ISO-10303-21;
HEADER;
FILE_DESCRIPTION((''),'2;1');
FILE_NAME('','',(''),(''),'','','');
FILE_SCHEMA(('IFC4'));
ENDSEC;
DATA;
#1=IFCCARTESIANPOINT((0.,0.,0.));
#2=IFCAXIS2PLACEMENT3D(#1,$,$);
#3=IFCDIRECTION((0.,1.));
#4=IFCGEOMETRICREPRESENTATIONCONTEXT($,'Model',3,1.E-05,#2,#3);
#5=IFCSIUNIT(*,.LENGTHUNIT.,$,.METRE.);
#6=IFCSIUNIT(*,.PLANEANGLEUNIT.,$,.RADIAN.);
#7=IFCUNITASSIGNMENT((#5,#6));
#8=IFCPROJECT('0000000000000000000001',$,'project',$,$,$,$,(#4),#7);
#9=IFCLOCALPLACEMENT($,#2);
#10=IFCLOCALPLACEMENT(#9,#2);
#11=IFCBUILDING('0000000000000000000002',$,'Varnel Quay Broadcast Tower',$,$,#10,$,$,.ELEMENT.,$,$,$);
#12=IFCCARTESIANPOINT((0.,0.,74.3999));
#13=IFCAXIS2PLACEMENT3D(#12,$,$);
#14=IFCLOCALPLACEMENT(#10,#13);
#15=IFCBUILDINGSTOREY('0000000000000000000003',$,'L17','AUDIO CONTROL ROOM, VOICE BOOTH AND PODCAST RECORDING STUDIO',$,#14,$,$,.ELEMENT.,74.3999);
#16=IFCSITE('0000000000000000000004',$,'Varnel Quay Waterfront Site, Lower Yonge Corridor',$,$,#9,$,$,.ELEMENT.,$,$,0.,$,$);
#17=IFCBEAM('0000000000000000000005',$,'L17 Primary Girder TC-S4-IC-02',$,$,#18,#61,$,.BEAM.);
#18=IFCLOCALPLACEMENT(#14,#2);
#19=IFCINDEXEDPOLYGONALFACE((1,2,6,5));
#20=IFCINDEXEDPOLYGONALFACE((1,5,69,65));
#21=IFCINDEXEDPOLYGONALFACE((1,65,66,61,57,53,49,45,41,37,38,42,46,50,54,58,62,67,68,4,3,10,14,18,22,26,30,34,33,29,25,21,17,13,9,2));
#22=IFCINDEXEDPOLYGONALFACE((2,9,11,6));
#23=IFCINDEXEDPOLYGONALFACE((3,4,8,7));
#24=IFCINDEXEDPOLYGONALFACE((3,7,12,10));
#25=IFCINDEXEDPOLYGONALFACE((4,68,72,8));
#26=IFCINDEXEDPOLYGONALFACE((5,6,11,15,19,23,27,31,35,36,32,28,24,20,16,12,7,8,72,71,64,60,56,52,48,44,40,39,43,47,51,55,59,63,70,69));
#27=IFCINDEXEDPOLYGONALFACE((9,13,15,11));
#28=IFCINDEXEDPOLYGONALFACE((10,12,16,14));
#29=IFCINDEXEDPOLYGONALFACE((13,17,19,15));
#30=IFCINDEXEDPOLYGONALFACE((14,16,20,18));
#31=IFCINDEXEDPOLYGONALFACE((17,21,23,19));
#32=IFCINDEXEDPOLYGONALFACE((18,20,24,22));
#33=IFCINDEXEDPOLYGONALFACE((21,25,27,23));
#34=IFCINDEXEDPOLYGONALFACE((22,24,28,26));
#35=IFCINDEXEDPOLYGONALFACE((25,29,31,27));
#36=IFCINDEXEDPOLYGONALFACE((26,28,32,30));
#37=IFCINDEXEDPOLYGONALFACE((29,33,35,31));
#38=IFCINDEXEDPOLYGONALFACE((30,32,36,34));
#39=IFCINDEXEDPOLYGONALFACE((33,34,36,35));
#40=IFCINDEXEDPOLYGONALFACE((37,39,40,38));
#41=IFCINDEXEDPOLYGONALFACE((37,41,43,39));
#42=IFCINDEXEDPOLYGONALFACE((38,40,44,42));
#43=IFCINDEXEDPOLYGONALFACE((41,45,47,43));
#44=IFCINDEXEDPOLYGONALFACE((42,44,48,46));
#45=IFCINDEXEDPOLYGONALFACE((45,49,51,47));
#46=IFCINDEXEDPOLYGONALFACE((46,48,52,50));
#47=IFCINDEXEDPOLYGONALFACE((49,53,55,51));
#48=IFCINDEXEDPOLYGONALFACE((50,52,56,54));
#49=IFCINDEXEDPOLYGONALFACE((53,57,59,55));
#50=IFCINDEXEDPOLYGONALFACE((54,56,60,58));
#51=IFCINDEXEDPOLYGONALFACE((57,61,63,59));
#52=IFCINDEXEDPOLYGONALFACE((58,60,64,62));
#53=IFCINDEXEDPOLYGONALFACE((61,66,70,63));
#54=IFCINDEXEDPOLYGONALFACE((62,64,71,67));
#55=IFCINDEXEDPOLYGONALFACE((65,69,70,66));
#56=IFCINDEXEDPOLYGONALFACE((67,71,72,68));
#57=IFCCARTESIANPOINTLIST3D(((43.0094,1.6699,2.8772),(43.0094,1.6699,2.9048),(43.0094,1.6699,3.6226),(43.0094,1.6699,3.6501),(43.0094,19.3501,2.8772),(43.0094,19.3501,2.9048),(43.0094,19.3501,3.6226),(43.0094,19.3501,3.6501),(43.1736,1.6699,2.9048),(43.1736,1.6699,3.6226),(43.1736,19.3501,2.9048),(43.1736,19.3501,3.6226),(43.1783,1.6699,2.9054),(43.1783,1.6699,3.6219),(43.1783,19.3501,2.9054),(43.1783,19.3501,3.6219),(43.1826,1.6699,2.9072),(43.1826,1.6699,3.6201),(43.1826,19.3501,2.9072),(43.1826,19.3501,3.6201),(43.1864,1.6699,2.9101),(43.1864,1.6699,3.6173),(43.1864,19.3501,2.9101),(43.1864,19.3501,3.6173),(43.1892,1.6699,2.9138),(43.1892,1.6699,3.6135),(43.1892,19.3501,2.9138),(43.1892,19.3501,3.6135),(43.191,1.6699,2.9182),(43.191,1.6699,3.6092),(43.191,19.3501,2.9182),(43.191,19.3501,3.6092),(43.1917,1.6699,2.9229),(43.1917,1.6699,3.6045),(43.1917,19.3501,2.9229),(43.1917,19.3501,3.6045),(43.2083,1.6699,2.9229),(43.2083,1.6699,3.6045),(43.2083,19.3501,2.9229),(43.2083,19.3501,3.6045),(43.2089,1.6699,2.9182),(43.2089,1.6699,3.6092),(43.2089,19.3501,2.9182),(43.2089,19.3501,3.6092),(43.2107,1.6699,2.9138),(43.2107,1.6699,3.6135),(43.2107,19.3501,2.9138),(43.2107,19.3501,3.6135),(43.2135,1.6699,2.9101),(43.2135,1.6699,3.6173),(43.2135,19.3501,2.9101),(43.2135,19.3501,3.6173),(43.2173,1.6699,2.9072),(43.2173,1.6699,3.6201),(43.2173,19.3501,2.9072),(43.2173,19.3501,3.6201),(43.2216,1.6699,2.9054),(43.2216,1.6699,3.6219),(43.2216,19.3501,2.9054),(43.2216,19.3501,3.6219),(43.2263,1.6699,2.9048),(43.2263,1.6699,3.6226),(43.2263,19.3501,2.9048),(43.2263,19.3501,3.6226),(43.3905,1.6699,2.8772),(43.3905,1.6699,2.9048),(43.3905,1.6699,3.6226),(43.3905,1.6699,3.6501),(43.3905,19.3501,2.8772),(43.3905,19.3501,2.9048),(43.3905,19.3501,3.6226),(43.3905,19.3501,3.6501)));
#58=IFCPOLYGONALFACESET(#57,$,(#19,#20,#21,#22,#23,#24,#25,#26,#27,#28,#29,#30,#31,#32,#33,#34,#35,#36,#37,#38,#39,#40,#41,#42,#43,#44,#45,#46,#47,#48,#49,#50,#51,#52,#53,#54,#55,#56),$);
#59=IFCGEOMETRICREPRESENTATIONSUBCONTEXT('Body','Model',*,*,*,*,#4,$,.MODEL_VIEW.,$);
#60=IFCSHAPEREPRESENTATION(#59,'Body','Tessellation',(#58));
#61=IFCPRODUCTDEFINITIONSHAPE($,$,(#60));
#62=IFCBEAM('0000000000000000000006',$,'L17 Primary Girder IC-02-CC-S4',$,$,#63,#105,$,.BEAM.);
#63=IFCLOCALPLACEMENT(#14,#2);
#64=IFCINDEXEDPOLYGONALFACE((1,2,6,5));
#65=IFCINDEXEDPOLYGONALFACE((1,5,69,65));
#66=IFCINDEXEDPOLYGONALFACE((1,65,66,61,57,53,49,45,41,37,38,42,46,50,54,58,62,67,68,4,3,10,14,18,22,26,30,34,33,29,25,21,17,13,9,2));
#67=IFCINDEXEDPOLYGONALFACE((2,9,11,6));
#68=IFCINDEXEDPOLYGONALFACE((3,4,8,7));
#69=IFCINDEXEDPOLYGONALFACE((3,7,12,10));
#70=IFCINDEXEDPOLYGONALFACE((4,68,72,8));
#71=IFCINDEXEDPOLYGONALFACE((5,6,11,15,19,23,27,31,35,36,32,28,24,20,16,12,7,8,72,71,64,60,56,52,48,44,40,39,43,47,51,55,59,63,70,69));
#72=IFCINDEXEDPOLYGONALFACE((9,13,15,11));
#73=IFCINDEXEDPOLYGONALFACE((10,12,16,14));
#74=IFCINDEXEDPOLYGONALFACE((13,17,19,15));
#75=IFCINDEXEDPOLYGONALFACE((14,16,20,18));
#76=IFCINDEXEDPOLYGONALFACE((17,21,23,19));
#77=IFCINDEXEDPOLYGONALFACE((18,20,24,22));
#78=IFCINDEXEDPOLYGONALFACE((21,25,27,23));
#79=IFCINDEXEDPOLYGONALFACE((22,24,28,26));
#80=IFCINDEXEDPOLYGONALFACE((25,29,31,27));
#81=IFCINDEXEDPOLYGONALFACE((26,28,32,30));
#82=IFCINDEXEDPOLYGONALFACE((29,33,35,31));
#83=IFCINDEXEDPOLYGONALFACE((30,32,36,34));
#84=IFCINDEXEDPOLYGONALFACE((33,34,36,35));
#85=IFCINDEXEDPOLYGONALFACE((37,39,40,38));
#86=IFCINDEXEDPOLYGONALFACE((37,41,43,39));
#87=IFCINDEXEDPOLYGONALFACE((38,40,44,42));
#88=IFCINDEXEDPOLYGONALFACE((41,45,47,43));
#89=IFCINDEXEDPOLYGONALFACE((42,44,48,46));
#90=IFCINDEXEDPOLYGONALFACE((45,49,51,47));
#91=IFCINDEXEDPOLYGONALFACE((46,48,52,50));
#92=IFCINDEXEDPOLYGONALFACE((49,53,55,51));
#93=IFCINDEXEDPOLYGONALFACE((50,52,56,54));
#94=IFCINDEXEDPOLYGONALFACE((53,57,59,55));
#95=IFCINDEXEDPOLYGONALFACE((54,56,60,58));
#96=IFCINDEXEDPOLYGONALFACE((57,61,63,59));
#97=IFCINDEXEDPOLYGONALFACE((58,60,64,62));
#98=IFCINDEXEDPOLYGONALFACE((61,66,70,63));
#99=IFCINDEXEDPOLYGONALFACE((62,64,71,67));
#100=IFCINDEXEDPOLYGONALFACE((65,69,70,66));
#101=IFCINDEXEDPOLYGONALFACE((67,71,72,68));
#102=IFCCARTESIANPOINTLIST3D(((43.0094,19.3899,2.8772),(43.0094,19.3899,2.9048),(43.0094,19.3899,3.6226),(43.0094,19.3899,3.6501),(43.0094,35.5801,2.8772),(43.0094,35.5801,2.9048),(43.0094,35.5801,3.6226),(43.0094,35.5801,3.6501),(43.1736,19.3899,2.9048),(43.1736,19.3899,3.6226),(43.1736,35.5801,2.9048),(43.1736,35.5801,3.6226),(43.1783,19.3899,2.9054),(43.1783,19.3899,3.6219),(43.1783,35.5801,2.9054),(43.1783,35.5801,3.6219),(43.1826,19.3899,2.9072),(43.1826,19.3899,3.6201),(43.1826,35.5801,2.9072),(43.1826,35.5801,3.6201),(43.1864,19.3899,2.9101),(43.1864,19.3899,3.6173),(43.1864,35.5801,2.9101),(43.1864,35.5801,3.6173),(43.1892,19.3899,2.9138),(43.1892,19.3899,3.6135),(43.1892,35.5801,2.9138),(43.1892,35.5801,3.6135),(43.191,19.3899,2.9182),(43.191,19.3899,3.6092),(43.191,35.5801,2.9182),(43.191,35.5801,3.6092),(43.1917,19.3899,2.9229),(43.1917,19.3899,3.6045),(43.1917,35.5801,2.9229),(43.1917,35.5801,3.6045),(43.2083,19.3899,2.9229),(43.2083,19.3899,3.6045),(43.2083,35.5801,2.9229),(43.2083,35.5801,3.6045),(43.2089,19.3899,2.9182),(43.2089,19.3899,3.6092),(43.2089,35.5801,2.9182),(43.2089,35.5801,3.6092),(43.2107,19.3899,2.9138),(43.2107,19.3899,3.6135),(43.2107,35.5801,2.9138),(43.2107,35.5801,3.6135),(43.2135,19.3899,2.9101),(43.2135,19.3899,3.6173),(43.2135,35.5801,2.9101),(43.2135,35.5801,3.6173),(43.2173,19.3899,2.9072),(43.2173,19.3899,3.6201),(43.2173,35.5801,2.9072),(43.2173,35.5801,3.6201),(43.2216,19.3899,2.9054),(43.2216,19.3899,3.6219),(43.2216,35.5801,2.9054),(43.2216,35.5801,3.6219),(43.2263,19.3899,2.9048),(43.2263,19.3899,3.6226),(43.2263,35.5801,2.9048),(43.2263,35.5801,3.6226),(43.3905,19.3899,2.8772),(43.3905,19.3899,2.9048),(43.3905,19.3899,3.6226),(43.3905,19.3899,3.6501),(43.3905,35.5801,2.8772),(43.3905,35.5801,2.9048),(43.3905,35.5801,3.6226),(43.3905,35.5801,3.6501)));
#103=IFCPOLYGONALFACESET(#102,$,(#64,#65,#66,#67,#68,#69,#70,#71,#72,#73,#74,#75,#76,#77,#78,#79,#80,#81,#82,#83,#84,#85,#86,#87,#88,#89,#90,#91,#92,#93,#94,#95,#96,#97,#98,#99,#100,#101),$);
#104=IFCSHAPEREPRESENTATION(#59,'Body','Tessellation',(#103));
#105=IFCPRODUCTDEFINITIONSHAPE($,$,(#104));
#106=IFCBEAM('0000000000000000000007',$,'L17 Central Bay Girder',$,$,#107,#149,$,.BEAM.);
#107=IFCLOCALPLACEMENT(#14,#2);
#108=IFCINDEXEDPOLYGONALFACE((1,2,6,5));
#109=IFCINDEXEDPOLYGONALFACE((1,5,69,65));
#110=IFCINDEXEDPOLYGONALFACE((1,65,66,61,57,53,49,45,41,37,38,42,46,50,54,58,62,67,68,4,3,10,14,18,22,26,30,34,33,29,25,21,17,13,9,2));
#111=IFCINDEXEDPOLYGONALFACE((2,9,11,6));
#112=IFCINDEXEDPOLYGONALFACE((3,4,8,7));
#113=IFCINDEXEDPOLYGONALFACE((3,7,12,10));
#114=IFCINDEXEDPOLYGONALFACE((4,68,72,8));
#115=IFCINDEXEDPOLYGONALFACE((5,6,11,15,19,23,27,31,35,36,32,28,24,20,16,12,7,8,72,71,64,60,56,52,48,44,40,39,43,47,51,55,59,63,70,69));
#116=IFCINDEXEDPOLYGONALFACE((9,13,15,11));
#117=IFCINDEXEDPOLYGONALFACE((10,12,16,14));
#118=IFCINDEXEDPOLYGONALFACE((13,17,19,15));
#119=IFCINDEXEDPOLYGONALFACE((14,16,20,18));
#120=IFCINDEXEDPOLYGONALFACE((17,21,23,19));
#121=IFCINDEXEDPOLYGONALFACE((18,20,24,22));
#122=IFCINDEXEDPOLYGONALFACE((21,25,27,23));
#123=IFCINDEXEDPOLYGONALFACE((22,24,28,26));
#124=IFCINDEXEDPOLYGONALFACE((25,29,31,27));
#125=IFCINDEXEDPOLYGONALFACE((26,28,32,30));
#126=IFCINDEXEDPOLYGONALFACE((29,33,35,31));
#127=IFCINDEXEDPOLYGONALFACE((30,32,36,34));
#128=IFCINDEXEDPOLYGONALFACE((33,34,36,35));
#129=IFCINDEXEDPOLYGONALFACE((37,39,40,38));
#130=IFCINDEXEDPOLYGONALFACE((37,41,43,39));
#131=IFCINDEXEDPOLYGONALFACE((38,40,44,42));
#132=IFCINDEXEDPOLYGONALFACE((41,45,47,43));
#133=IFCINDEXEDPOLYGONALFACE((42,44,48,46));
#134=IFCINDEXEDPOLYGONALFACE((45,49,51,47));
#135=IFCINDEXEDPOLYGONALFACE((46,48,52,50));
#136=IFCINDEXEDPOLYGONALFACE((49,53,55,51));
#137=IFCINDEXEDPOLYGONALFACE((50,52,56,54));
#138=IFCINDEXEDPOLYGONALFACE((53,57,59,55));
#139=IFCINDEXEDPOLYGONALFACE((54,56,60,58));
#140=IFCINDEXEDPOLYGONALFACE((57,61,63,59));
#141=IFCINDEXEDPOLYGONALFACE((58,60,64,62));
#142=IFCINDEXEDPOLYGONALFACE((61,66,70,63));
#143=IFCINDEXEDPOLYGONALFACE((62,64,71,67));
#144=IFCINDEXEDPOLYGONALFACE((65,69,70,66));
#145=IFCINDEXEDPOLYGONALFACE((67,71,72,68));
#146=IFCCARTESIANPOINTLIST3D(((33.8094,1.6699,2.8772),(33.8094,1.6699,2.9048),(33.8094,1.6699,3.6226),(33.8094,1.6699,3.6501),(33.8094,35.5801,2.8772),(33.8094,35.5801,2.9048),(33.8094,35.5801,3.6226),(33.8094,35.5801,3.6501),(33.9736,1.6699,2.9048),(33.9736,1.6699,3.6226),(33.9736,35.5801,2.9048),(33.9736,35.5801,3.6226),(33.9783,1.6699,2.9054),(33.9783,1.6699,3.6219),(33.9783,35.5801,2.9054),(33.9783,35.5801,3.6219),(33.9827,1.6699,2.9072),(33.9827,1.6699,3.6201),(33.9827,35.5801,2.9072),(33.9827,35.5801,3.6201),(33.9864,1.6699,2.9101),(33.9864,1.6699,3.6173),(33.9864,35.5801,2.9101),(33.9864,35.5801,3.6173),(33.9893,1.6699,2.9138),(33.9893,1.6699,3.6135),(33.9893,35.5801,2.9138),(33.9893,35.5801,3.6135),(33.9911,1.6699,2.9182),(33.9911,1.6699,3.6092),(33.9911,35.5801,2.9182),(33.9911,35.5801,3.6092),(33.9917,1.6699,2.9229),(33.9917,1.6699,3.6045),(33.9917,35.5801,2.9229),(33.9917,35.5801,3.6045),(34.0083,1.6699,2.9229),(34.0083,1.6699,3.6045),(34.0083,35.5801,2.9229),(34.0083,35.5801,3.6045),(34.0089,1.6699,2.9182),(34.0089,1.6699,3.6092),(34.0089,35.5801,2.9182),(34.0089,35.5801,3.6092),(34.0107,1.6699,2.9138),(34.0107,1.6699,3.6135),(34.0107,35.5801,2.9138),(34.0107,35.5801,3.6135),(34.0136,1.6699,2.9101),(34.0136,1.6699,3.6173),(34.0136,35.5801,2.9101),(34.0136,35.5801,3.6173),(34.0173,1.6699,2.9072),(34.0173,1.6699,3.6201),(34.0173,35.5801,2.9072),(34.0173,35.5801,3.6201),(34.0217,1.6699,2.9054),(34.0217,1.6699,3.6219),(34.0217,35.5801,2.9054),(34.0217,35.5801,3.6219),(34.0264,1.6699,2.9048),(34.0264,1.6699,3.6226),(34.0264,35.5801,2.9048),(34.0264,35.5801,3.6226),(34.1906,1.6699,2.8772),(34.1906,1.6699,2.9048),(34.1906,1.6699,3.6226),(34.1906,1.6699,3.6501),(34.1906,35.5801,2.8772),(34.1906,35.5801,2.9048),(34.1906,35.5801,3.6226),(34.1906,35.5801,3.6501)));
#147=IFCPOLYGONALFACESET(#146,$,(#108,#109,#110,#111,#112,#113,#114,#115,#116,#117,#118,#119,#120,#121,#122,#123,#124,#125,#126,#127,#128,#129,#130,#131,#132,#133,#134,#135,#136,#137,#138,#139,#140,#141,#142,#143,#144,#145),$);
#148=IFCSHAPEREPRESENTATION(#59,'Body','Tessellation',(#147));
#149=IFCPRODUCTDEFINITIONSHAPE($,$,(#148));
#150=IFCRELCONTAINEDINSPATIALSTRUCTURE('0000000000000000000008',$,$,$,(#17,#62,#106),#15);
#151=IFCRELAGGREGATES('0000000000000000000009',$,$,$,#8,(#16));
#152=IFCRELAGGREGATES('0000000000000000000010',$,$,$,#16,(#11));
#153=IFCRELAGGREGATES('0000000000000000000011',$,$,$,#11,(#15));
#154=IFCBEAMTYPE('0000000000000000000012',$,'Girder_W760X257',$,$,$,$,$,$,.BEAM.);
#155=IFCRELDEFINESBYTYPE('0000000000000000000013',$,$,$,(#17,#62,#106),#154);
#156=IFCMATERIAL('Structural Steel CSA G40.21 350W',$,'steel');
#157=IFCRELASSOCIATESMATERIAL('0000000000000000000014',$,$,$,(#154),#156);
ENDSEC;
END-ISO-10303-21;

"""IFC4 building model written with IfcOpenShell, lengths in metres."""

from ifc_helpers import new_model, si_unit, direction, frame, origin, origin_2d, place, context, subcontext, project, spatial, i_section, extrude, source, transform, mapped, material, material_profile, profile_set, type_object, type_shapes, element, save


model = new_model("IFC4")

# Units and contexts
model_context = context("Model", 3, precision=1e-05, world=origin(), true_north=direction((0.0, 1.0)))
body_context = subcontext(model_context, "Body", "Model", "MODEL_VIEW")
ifc_project = project(units=[si_unit("LENGTHUNIT", "METRE"), si_unit("PLANEANGLEUNIT", "RADIAN")], contexts=[model_context])

# Site, building, storey
site_placement = place(None, origin())
site = spatial("IfcSite", under=ifc_project, at=site_placement, Name="Varnel Quay Waterfront Site, Lower Yonge Corridor", CompositionType="ELEMENT", RefElevation=0.0)
building_placement = place(site_placement, origin())
building = spatial("IfcBuilding", under=site, at=building_placement, Name="Varnel Quay Broadcast Tower", CompositionType="ELEMENT")
storey_placement = place(building_placement, frame((0.0, 0.0, 74.3999)))
storey = spatial("IfcBuildingStorey", under=building, at=storey_placement, Name="L17", Description="AUDIO CONTROL ROOM, VOICE BOOTH AND PODCAST RECORDING STUDIO", CompositionType="ELEMENT", Elevation=74.3999)

# Shared definitions
ifc_material_1 = material(Name="Structural Steel CSA G40.21 350W", Category="steel")

# Beams
ifc_material_profile_1 = material_profile(ifc_material_1, i_section(OverallWidth=0.3811, OverallDepth=0.7729, WebThickness=0.0166, FlangeThickness=0.0276, FilletRadius=0.0181, at=origin_2d()), Name="W760X257")
ifc_profile_set_1 = profile_set([ifc_material_profile_1], Name="Structural Steel CSA G40.21 350W")
beam_type_1 = type_object("IfcBeamType", Name="Girder_W760X257", PredefinedType="BEAM", material=ifc_profile_set_1)
shared_shape_1 = source(origin(), body_context, "Body", "SweptSolid", [
    extrude(i_section(OverallWidth=0.3811, OverallDepth=0.7729, WebThickness=0.0166, FlangeThickness=0.0276, FilletRadius=0.0181, at=origin_2d()), origin(), (0.0, 0.0, 1.0), 17.6802),
])
beam_1_placement = place(storey_placement, frame((43.2, 1.6699, 3.2637), z_axis=(0.0, 1.0, 0.0), x_axis=(-1.0, 0.0, 0.0)))
element("IfcBeam", 1, at=beam_1_placement, inside=storey, type_object=beam_type_1, Name="L17 Primary Girder TC-S4-IC-02", PredefinedType="BEAM", context=body_context, shape_type="MappedRepresentation", body=[
    mapped(shared_shape_1, transform((0.0, 0.0, 0.0), x_axis=(1.0, 0.0, 0.0), y_axis=(0.0, 1.0, 0.0), z_axis=(0.0, 0.0, 1.0), scale=1.0)),
])
shared_shape_2 = source(origin(), body_context, "Body", "SweptSolid", [
    extrude(i_section(OverallWidth=0.3811, OverallDepth=0.7729, WebThickness=0.0166, FlangeThickness=0.0276, FilletRadius=0.0181, at=origin_2d()), origin(), (0.0, 0.0, 1.0), 16.1902),
])
beam_2_placement = place(storey_placement, frame((43.2, 19.3899, 3.2637), z_axis=(0.0, 1.0, 0.0), x_axis=(-1.0, 0.0, 0.0)))
element("IfcBeam", 2, at=beam_2_placement, inside=storey, type_object=beam_type_1, Name="L17 Primary Girder IC-02-CC-S4", PredefinedType="BEAM", context=body_context, shape_type="MappedRepresentation", body=[
    mapped(shared_shape_2, transform((0.0, 0.0, 0.0), x_axis=(1.0, 0.0, 0.0), y_axis=(0.0, 1.0, 0.0), z_axis=(0.0, 0.0, 1.0), scale=1.0)),
])
shared_shape_3 = source(origin(), body_context, "Body", "SweptSolid", [
    extrude(i_section(OverallWidth=0.3811, OverallDepth=0.7729, WebThickness=0.0166, FlangeThickness=0.0276, FilletRadius=0.0181, at=origin_2d()), origin(), (0.0, 0.0, 1.0), 33.9102),
])
type_shapes(beam_type_1, [shared_shape_1, shared_shape_2, shared_shape_3])
beam_3_placement = place(storey_placement, frame((34.0, 1.6699, 3.2637), z_axis=(0.0, 1.0, 0.0), x_axis=(-1.0, 0.0, 0.0)))
element("IfcBeam", 3, at=beam_3_placement, inside=storey, type_object=beam_type_1, Name="L17 Central Bay Girder", PredefinedType="BEAM", context=body_context, shape_type="MappedRepresentation", body=[
    mapped(shared_shape_3, transform((0.0, 0.0, 0.0), x_axis=(1.0, 0.0, 0.0), y_axis=(0.0, 1.0, 0.0), z_axis=(0.0, 0.0, 1.0), scale=1.0)),
])

save(model, "model.ifc")
